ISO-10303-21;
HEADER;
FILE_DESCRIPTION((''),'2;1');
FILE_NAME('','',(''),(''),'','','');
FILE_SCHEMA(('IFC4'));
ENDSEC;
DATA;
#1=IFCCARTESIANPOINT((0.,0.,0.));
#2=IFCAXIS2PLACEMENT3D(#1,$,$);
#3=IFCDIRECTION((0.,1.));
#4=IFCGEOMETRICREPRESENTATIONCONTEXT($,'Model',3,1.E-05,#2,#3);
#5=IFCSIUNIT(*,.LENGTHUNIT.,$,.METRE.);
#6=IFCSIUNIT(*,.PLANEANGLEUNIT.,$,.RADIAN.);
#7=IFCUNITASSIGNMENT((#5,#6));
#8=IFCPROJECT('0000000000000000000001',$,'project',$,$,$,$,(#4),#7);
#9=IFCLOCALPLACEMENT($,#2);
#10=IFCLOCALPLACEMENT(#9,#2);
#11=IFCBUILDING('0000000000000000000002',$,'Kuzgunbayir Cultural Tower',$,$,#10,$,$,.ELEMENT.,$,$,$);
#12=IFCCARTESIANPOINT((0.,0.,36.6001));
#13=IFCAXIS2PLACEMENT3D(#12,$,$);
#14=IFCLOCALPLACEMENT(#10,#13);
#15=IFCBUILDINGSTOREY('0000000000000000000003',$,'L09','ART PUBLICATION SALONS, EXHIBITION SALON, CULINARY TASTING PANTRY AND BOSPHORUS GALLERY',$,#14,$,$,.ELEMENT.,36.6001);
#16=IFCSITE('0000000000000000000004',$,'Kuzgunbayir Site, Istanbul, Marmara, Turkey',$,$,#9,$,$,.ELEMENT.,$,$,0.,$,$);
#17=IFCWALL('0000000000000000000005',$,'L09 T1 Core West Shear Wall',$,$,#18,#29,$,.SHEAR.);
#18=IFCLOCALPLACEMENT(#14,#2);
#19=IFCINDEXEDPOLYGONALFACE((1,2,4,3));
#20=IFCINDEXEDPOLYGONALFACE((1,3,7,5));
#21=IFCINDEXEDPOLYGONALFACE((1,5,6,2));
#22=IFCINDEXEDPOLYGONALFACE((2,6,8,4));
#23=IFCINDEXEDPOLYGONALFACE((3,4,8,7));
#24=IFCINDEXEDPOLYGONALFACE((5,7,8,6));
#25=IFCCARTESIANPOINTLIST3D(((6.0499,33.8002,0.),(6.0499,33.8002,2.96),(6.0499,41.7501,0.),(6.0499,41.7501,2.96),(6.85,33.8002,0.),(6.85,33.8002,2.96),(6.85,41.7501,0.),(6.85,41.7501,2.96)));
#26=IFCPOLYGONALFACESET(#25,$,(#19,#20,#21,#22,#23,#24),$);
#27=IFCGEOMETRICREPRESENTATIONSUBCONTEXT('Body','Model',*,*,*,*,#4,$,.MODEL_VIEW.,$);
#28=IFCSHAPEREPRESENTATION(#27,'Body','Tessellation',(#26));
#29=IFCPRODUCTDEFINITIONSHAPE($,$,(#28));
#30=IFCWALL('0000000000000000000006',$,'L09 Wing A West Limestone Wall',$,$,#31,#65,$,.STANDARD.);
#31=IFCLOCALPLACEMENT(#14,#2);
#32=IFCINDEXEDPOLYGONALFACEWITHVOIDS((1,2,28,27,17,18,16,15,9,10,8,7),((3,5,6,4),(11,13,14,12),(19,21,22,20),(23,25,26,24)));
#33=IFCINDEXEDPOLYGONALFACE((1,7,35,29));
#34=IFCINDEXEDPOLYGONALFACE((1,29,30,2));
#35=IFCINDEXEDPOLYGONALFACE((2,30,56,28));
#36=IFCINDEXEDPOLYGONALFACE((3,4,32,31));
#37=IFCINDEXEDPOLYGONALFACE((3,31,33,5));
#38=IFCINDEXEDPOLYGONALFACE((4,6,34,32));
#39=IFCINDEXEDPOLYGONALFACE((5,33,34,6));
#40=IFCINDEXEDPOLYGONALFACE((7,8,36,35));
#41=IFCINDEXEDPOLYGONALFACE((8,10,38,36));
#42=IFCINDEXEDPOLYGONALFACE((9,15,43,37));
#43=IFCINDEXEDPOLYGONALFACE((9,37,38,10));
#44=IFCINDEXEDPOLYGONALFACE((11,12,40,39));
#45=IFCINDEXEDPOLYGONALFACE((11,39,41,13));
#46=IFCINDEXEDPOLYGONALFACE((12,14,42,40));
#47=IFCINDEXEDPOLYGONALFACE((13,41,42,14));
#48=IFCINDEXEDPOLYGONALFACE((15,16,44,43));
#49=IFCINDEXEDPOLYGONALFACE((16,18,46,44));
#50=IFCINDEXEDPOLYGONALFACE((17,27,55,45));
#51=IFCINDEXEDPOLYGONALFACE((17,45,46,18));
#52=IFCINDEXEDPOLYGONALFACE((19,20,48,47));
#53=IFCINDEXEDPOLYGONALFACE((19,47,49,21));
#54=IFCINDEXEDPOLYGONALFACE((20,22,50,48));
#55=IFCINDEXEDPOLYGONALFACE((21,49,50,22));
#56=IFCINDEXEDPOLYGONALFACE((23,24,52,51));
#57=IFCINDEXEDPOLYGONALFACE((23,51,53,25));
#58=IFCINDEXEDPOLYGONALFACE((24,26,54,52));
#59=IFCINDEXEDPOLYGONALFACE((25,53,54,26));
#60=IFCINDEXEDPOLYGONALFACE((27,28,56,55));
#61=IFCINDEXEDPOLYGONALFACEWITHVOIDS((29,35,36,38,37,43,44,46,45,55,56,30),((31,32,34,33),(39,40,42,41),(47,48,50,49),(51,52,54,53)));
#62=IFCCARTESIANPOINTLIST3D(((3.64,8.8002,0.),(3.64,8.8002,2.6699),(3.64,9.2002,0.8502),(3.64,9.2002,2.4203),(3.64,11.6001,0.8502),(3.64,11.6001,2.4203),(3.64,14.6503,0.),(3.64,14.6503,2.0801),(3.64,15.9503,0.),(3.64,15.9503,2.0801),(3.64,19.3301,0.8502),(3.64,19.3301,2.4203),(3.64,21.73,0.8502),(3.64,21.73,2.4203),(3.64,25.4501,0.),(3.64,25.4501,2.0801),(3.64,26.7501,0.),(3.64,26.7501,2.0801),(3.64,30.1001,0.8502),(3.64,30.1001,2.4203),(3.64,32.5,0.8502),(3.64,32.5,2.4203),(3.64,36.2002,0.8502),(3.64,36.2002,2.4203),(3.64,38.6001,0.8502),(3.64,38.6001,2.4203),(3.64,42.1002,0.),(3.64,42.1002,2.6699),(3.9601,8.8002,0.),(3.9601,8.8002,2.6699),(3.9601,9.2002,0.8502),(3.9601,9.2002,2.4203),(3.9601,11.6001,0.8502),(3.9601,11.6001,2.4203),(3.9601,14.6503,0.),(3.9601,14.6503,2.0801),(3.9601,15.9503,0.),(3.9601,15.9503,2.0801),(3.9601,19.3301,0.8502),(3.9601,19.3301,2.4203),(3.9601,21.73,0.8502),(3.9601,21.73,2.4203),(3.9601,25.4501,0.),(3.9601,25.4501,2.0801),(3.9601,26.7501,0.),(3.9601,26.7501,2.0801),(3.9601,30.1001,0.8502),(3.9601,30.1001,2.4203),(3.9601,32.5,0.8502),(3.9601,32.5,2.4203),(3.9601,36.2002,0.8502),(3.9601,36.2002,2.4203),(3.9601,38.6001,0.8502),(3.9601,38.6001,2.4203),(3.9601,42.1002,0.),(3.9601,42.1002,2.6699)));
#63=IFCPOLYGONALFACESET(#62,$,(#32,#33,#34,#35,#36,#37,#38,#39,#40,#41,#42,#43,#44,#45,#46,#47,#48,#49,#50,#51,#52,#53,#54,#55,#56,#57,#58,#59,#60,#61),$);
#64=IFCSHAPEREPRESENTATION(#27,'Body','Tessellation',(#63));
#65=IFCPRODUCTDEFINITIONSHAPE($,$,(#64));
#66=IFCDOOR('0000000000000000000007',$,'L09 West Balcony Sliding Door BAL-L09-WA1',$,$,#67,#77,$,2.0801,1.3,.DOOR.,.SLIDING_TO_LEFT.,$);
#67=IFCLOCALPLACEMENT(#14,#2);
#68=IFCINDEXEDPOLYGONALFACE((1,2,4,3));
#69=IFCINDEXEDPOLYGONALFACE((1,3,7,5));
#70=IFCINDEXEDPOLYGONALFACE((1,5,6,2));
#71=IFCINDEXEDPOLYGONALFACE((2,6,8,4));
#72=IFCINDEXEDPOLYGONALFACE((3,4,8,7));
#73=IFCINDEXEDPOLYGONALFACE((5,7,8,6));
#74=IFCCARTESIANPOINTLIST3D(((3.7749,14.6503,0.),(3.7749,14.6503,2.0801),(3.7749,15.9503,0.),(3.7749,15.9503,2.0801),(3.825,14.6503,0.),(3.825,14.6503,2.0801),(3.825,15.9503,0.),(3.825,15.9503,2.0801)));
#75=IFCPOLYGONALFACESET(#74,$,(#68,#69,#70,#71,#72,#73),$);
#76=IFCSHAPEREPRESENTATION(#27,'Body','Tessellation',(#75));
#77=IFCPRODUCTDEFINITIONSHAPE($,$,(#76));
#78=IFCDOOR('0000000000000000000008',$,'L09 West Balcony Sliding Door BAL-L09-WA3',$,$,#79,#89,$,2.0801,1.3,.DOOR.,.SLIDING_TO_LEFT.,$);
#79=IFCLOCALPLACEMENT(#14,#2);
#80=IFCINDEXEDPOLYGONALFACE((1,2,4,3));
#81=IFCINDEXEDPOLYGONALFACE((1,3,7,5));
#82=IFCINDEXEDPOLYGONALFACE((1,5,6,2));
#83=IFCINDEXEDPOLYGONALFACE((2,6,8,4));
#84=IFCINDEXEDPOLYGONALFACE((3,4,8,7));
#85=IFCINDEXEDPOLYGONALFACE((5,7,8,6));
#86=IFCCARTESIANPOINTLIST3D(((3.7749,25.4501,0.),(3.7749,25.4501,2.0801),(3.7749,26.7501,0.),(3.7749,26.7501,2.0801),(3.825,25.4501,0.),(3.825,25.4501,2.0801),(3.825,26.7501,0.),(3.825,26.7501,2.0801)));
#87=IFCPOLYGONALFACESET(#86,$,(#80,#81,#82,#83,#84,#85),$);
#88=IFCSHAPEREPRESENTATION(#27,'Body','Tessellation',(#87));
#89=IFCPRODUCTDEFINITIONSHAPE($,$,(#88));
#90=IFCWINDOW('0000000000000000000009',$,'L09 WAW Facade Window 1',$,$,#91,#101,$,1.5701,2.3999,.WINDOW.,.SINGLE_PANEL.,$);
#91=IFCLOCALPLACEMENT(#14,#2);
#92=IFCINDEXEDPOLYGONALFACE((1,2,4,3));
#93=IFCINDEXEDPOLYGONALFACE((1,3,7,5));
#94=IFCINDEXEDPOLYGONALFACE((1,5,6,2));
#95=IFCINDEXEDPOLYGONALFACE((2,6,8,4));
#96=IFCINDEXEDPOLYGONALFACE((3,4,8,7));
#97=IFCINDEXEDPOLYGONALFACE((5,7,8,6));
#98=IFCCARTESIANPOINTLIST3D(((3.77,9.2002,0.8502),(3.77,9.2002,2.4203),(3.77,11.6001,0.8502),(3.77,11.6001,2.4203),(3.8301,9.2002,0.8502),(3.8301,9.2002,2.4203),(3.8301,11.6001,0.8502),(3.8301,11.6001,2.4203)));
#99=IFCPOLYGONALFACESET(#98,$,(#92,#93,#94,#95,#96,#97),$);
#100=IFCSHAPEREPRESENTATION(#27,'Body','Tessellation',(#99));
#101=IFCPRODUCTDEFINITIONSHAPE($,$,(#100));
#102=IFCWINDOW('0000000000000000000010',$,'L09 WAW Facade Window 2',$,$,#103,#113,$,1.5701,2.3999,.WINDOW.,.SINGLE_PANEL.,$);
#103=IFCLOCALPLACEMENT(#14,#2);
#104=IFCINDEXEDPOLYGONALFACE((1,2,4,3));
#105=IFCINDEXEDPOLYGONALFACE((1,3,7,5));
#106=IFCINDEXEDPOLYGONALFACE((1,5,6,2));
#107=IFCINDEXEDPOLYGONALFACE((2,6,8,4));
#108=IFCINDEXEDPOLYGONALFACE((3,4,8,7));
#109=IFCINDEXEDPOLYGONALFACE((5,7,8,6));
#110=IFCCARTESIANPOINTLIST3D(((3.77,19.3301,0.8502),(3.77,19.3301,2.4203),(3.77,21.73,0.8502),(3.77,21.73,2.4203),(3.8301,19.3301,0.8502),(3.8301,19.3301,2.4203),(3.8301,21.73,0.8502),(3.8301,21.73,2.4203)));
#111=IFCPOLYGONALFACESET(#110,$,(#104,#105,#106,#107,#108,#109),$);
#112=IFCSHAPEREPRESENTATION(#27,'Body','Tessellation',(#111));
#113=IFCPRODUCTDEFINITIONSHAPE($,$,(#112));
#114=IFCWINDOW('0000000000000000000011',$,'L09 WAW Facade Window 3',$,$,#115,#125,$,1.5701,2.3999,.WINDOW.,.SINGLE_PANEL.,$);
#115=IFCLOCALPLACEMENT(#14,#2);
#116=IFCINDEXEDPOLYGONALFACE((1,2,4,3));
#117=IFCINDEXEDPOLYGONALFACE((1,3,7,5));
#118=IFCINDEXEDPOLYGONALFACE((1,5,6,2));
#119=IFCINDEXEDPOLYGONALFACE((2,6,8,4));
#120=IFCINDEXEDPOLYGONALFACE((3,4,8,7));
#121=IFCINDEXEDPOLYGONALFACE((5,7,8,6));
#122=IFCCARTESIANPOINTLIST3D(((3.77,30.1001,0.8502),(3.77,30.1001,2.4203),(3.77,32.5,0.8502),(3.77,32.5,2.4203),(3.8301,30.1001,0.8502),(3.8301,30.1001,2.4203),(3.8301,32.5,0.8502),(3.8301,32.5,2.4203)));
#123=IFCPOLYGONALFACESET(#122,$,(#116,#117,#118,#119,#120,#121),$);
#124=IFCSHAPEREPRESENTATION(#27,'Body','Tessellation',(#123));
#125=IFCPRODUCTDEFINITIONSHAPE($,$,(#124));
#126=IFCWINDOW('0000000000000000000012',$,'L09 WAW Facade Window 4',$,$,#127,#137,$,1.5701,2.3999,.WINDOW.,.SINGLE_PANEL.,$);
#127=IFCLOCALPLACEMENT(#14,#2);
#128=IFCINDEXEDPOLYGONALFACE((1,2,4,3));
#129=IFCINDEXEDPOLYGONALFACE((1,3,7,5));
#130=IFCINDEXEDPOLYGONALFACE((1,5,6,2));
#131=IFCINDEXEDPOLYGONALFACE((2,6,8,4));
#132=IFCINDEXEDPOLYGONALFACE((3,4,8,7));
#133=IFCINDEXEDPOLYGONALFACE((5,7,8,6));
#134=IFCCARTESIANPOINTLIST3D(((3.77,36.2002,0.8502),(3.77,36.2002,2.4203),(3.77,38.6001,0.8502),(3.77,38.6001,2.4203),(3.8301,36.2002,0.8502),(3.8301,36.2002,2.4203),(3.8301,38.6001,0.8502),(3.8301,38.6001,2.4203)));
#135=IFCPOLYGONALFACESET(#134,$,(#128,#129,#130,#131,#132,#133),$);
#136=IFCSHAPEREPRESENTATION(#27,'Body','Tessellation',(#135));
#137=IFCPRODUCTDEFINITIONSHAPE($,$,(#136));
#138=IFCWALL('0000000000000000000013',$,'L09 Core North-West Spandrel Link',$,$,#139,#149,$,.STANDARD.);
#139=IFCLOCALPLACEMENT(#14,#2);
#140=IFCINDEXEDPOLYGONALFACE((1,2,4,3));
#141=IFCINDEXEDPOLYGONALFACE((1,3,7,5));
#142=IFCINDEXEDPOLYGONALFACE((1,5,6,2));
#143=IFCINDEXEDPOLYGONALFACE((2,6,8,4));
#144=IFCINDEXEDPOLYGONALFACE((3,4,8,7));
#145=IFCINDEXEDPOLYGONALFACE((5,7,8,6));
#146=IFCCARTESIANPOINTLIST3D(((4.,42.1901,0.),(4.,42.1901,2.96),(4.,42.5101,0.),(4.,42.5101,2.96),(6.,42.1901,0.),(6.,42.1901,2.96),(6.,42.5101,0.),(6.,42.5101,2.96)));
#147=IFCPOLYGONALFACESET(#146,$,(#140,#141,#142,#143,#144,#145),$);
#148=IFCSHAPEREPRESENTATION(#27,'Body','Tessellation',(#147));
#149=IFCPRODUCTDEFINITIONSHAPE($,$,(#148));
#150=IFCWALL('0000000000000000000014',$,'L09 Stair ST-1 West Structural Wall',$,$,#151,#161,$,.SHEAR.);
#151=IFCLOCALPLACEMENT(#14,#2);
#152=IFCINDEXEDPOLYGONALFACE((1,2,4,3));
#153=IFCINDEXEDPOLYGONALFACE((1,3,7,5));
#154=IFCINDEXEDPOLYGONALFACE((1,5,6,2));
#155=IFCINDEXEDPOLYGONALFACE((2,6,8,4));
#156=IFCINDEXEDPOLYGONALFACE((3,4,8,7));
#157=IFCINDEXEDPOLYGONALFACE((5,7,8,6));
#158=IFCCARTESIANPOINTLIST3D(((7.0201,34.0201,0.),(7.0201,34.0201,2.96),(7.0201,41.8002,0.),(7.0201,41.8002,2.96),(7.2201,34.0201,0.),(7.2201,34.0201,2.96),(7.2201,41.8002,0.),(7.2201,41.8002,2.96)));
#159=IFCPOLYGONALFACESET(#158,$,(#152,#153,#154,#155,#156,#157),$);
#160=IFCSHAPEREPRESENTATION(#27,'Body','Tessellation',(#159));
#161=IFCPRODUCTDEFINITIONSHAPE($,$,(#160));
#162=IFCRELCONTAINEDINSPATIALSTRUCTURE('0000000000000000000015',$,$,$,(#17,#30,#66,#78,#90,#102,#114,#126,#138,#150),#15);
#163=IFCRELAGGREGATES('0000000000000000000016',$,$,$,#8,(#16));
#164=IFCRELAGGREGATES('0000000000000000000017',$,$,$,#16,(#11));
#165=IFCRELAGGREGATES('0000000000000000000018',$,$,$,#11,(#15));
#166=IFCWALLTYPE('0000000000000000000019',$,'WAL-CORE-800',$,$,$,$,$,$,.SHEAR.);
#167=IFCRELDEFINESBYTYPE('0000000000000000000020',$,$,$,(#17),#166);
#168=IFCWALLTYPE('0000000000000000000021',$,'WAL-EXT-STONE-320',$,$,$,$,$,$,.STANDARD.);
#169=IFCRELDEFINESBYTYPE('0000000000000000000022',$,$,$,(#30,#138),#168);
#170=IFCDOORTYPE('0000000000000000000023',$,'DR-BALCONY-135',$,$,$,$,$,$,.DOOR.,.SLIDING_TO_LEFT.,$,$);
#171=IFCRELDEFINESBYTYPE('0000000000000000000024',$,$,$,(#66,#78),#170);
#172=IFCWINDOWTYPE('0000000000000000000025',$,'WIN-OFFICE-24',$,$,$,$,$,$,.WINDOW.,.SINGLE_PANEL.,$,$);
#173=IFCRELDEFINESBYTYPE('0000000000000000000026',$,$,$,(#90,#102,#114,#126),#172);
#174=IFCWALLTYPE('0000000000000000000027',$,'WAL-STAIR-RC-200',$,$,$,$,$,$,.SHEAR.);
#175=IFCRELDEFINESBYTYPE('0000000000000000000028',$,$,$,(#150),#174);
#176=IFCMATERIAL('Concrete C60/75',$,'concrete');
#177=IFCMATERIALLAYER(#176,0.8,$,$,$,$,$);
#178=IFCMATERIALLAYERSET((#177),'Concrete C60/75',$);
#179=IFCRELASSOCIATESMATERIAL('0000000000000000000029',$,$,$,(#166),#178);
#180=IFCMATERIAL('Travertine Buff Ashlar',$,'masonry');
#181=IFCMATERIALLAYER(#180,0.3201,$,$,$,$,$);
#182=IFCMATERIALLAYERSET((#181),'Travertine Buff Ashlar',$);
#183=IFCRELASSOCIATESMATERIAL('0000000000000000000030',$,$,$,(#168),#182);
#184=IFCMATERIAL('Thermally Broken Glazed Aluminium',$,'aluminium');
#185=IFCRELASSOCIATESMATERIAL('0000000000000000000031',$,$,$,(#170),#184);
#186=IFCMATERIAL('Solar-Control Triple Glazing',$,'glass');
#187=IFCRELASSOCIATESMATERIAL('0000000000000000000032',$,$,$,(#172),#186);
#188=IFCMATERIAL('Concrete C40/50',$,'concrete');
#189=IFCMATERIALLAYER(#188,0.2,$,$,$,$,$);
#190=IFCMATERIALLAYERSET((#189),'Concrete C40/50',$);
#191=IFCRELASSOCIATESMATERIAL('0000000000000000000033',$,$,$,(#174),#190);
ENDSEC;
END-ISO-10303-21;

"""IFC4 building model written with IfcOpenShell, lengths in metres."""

from ifc_helpers import new_model, si_unit, direction, frame, frame_2d, origin, place, context, subcontext, project, spatial, rectangle, extrude, material, layer, layer_set, type_object, element, fill, save


model = new_model("IFC4")

# Units and contexts
model_context = context("Model", 3, precision=1e-05, world=origin(), true_north=direction((0.0, 1.0)))
body_context = subcontext(model_context, "Body", "Model", "MODEL_VIEW")
ifc_project = project(units=[si_unit("LENGTHUNIT", "METRE"), si_unit("PLANEANGLEUNIT", "RADIAN")], contexts=[model_context])

# Site, building, storey
site_placement = place(None, origin())
site = spatial("IfcSite", under=ifc_project, at=site_placement, Name="Kuzgunbayir Site, Istanbul, Marmara, Turkey", CompositionType="ELEMENT", RefElevation=0.0)
building_placement = place(site_placement, origin())
building = spatial("IfcBuilding", under=site, at=building_placement, Name="Kuzgunbayir Cultural Tower", CompositionType="ELEMENT")
storey_placement = place(building_placement, frame((0.0, 0.0, 36.6001)))
storey = spatial("IfcBuildingStorey", under=building, at=storey_placement, Name="L09", Description="ART PUBLICATION SALONS, EXHIBITION SALON, CULINARY TASTING PANTRY AND BOSPHORUS GALLERY", CompositionType="ELEMENT", Elevation=36.6001)

# Shared definitions
ifc_material_1 = material(Name="Concrete C60/75", Category="concrete")

# Wall
ifc_layer_1 = layer(ifc_material_1, 0.8)
ifc_layer_set_1 = layer_set([ifc_layer_1], Name="Concrete C60/75")
wall_type_1 = type_object("IfcWallType", Name="WAL-CORE-800", PredefinedType="SHEAR", material=ifc_layer_set_1)
wall_1_placement = place(storey_placement, frame((6.45, 33.8, 0.0), z_axis=(0.0, 0.0, 1.0), x_axis=(0.0, 1.0, 0.0)))
element("IfcWall", 1, at=wall_1_placement, inside=storey, type_object=wall_type_1, Name="L09 T1 Core West Shear Wall", PredefinedType="SHEAR", context=body_context, shape_type="SweptSolid", body=[
    extrude(rectangle(XDim=7.95, YDim=0.8, at=frame_2d((3.9751, 0.0))), origin(), (0.0, 0.0, 1.0), 2.96),
])

# Wall, openings, doors, windows
ifc_material_2 = material(Name="Travertine Buff Ashlar", Category="masonry")
ifc_layer_2 = layer(ifc_material_2, 0.3201)
ifc_layer_set_2 = layer_set([ifc_layer_2], Name="Travertine Buff Ashlar")
wall_type_2 = type_object("IfcWallType", Name="WAL-EXT-STONE-320", PredefinedType="STANDARD", material=ifc_layer_set_2)
wall_2_placement = place(storey_placement, frame((3.8, 42.1001, 0.0), z_axis=(0.0, 0.0, 1.0), x_axis=(0.0, -1.0, 0.0)))
wall_2 = element("IfcWall", 2, at=wall_2_placement, inside=storey, type_object=wall_type_2, Name="L09 Wing A West Limestone Wall", PredefinedType="STANDARD", context=body_context, shape_type="SweptSolid", body=[
    extrude(rectangle(XDim=33.3, YDim=0.3201, at=frame_2d((16.6499, 0.0))), origin(), (0.0, 0.0, 1.0), 2.6699),
])
opening_1_placement = place(wall_2_placement, frame((26.1499, 0.0, 0.0)))
opening_1 = element("IfcOpeningElement", 3, at=opening_1_placement, cuts=wall_2, PredefinedType="OPENING", context=body_context, shape_type="SweptSolid", body=[
    extrude(rectangle(XDim=1.3, YDim=2.0801, at=frame_2d((0.6499, 1.04))), frame((0.0, 0.1699, 0.0), z_axis=(0.0, -1.0, 0.0), x_axis=(1.0, 0.0, 0.0)), (0.0, 0.0, 1.0), 0.3401),
])
opening_2_placement = place(wall_2_placement, frame((15.3501, 0.0, 0.0)))
opening_2 = element("IfcOpeningElement", 4, at=opening_2_placement, cuts=wall_2, PredefinedType="OPENING", context=body_context, shape_type="SweptSolid", body=[
    extrude(rectangle(XDim=1.3, YDim=2.0801, at=frame_2d((0.6499, 1.04))), frame((0.0, 0.1699, 0.0), z_axis=(0.0, -1.0, 0.0), x_axis=(1.0, 0.0, 0.0)), (0.0, 0.0, 1.0), 0.3401),
])
opening_3_placement = place(wall_2_placement, frame((30.5, 0.0, 0.8501)))
opening_3 = element("IfcOpeningElement", 5, at=opening_3_placement, cuts=wall_2, PredefinedType="OPENING", context=body_context, shape_type="SweptSolid", body=[
    extrude(rectangle(XDim=2.3999, YDim=1.5701, at=frame_2d((1.2, 0.7852))), frame((0.0, 0.1699, 0.0), z_axis=(0.0, -1.0, 0.0), x_axis=(1.0, 0.0, 0.0)), (0.0, 0.0, 1.0), 0.3401),
])
opening_4_placement = place(wall_2_placement, frame((20.3701, 0.0, 0.8501)))
opening_4 = element("IfcOpeningElement", 6, at=opening_4_placement, cuts=wall_2, PredefinedType="OPENING", context=body_context, shape_type="SweptSolid", body=[
    extrude(rectangle(XDim=2.3999, YDim=1.5701, at=frame_2d((1.2, 0.7852))), frame((0.0, 0.1699, 0.0), z_axis=(0.0, -1.0, 0.0), x_axis=(1.0, 0.0, 0.0)), (0.0, 0.0, 1.0), 0.3401),
])
opening_5_placement = place(wall_2_placement, frame((9.6001, 0.0, 0.8501)))
opening_5 = element("IfcOpeningElement", 7, at=opening_5_placement, cuts=wall_2, PredefinedType="OPENING", context=body_context, shape_type="SweptSolid", body=[
    extrude(rectangle(XDim=2.3999, YDim=1.5701, at=frame_2d((1.2, 0.7852))), frame((0.0, 0.1699, 0.0), z_axis=(0.0, -1.0, 0.0), x_axis=(1.0, 0.0, 0.0)), (0.0, 0.0, 1.0), 0.3401),
])
opening_6_placement = place(wall_2_placement, frame((3.5, 0.0, 0.8501)))
opening_6 = element("IfcOpeningElement", 8, at=opening_6_placement, cuts=wall_2, PredefinedType="OPENING", context=body_context, shape_type="SweptSolid", body=[
    extrude(rectangle(XDim=2.3999, YDim=1.5701, at=frame_2d((1.2, 0.7852))), frame((0.0, 0.1699, 0.0), z_axis=(0.0, -1.0, 0.0), x_axis=(1.0, 0.0, 0.0)), (0.0, 0.0, 1.0), 0.3401),
])
ifc_material_3 = material(Name="Thermally Broken Glazed Aluminium", Category="aluminium")
door_type = type_object("IfcDoorType", Name="DR-BALCONY-135", OperationType="SLIDING_TO_LEFT", PredefinedType="DOOR", material=ifc_material_3)
door_1_placement = place(opening_1_placement, origin())
door_1 = element("IfcDoor", 9, at=door_1_placement, inside=storey, type_object=door_type, Name="L09 West Balcony Sliding Door BAL-L09-WA1", OperationType="SLIDING_TO_LEFT", OverallHeight=2.0801, OverallWidth=1.3, PredefinedType="DOOR", context=body_context, shape_type="SweptSolid", body=[
    extrude(rectangle(XDim=1.3, YDim=2.0801, at=frame_2d((0.6499, 1.04))), frame((0.0, 0.0249, 0.0), z_axis=(0.0, -1.0, 0.0), x_axis=(1.0, 0.0, 0.0)), (0.0, 0.0, 1.0), 0.05),
])
fill(opening_1, door_1)
door_2_placement = place(opening_2_placement, origin())
door_2 = element("IfcDoor", 10, at=door_2_placement, inside=storey, type_object=door_type, Name="L09 West Balcony Sliding Door BAL-L09-WA3", OperationType="SLIDING_TO_LEFT", OverallHeight=2.0801, OverallWidth=1.3, PredefinedType="DOOR", context=body_context, shape_type="SweptSolid", body=[
    extrude(rectangle(XDim=1.3, YDim=2.0801, at=frame_2d((0.6499, 1.04))), frame((0.0, 0.0249, 0.0), z_axis=(0.0, -1.0, 0.0), x_axis=(1.0, 0.0, 0.0)), (0.0, 0.0, 1.0), 0.05),
])
fill(opening_2, door_2)
ifc_material_4 = material(Name="Solar-Control Triple Glazing", Category="glass")
window_type = type_object("IfcWindowType", Name="WIN-OFFICE-24", PartitioningType="SINGLE_PANEL", PredefinedType="WINDOW", material=ifc_material_4)
window_1_placement = place(opening_3_placement, origin())
window_1 = element("IfcWindow", 11, at=window_1_placement, inside=storey, type_object=window_type, Name="L09 WAW Facade Window 1", OverallHeight=1.5701, OverallWidth=2.3999, PartitioningType="SINGLE_PANEL", PredefinedType="WINDOW", context=body_context, shape_type="SweptSolid", body=[
    extrude(rectangle(XDim=2.3999, YDim=1.5701, at=frame_2d((1.2, 0.7852))), frame((0.0, 0.03, 0.0), z_axis=(0.0, -1.0, 0.0), x_axis=(1.0, 0.0, 0.0)), (0.0, 0.0, 1.0), 0.0601),
])
fill(opening_3, window_1)
window_2_placement = place(opening_4_placement, origin())
window_2 = element("IfcWindow", 12, at=window_2_placement, inside=storey, type_object=window_type, Name="L09 WAW Facade Window 2", OverallHeight=1.5701, OverallWidth=2.3999, PartitioningType="SINGLE_PANEL", PredefinedType="WINDOW", context=body_context, shape_type="SweptSolid", body=[
    extrude(rectangle(XDim=2.3999, YDim=1.5701, at=frame_2d((1.2, 0.7852))), frame((0.0, 0.03, 0.0), z_axis=(0.0, -1.0, 0.0), x_axis=(1.0, 0.0, 0.0)), (0.0, 0.0, 1.0), 0.0601),
])
fill(opening_4, window_2)
window_3_placement = place(opening_5_placement, origin())
window_3 = element("IfcWindow", 13, at=window_3_placement, inside=storey, type_object=window_type, Name="L09 WAW Facade Window 3", OverallHeight=1.5701, OverallWidth=2.3999, PartitioningType="SINGLE_PANEL", PredefinedType="WINDOW", context=body_context, shape_type="SweptSolid", body=[
    extrude(rectangle(XDim=2.3999, YDim=1.5701, at=frame_2d((1.2, 0.7852))), frame((0.0, 0.03, 0.0), z_axis=(0.0, -1.0, 0.0), x_axis=(1.0, 0.0, 0.0)), (0.0, 0.0, 1.0), 0.0601),
])
fill(opening_5, window_3)
window_4_placement = place(opening_6_placement, origin())
window_4 = element("IfcWindow", 14, at=window_4_placement, inside=storey, type_object=window_type, Name="L09 WAW Facade Window 4", OverallHeight=1.5701, OverallWidth=2.3999, PartitioningType="SINGLE_PANEL", PredefinedType="WINDOW", context=body_context, shape_type="SweptSolid", body=[
    extrude(rectangle(XDim=2.3999, YDim=1.5701, at=frame_2d((1.2, 0.7852))), frame((0.0, 0.03, 0.0), z_axis=(0.0, -1.0, 0.0), x_axis=(1.0, 0.0, 0.0)), (0.0, 0.0, 1.0), 0.0601),
])
fill(opening_6, window_4)

# Walls
wall_3_placement = place(storey_placement, frame((6.0, 42.3501, 0.0), z_axis=(0.0, 0.0, 1.0), x_axis=(-1.0, 0.0, 0.0)))
element("IfcWall", 15, at=wall_3_placement, inside=storey, type_object=wall_type_2, Name="L09 Core North-West Spandrel Link", PredefinedType="STANDARD", context=body_context, shape_type="SweptSolid", body=[
    extrude(rectangle(XDim=2.0, YDim=0.3201, at=frame_2d((1.0, 0.0))), origin(), (0.0, 0.0, 1.0), 2.96),
])
ifc_material_5 = material(Name="Concrete C40/50", Category="concrete")
ifc_layer_3 = layer(ifc_material_5, 0.2)
ifc_layer_set_3 = layer_set([ifc_layer_3], Name="Concrete C40/50")
wall_type_3 = type_object("IfcWallType", Name="WAL-STAIR-RC-200", PredefinedType="SHEAR", material=ifc_layer_set_3)
wall_4_placement = place(storey_placement, frame((7.1201, 34.02, 0.0), z_axis=(0.0, 0.0, 1.0), x_axis=(0.0, 1.0, 0.0)))
element("IfcWall", 16, at=wall_4_placement, inside=storey, type_object=wall_type_3, Name="L09 Stair ST-1 West Structural Wall", PredefinedType="SHEAR", context=body_context, shape_type="SweptSolid", body=[
    extrude(rectangle(XDim=7.78, YDim=0.2, at=frame_2d((3.8901, 0.0))), origin(), (0.0, 0.0, 1.0), 2.96),
])

save(model, "model.ifc")
